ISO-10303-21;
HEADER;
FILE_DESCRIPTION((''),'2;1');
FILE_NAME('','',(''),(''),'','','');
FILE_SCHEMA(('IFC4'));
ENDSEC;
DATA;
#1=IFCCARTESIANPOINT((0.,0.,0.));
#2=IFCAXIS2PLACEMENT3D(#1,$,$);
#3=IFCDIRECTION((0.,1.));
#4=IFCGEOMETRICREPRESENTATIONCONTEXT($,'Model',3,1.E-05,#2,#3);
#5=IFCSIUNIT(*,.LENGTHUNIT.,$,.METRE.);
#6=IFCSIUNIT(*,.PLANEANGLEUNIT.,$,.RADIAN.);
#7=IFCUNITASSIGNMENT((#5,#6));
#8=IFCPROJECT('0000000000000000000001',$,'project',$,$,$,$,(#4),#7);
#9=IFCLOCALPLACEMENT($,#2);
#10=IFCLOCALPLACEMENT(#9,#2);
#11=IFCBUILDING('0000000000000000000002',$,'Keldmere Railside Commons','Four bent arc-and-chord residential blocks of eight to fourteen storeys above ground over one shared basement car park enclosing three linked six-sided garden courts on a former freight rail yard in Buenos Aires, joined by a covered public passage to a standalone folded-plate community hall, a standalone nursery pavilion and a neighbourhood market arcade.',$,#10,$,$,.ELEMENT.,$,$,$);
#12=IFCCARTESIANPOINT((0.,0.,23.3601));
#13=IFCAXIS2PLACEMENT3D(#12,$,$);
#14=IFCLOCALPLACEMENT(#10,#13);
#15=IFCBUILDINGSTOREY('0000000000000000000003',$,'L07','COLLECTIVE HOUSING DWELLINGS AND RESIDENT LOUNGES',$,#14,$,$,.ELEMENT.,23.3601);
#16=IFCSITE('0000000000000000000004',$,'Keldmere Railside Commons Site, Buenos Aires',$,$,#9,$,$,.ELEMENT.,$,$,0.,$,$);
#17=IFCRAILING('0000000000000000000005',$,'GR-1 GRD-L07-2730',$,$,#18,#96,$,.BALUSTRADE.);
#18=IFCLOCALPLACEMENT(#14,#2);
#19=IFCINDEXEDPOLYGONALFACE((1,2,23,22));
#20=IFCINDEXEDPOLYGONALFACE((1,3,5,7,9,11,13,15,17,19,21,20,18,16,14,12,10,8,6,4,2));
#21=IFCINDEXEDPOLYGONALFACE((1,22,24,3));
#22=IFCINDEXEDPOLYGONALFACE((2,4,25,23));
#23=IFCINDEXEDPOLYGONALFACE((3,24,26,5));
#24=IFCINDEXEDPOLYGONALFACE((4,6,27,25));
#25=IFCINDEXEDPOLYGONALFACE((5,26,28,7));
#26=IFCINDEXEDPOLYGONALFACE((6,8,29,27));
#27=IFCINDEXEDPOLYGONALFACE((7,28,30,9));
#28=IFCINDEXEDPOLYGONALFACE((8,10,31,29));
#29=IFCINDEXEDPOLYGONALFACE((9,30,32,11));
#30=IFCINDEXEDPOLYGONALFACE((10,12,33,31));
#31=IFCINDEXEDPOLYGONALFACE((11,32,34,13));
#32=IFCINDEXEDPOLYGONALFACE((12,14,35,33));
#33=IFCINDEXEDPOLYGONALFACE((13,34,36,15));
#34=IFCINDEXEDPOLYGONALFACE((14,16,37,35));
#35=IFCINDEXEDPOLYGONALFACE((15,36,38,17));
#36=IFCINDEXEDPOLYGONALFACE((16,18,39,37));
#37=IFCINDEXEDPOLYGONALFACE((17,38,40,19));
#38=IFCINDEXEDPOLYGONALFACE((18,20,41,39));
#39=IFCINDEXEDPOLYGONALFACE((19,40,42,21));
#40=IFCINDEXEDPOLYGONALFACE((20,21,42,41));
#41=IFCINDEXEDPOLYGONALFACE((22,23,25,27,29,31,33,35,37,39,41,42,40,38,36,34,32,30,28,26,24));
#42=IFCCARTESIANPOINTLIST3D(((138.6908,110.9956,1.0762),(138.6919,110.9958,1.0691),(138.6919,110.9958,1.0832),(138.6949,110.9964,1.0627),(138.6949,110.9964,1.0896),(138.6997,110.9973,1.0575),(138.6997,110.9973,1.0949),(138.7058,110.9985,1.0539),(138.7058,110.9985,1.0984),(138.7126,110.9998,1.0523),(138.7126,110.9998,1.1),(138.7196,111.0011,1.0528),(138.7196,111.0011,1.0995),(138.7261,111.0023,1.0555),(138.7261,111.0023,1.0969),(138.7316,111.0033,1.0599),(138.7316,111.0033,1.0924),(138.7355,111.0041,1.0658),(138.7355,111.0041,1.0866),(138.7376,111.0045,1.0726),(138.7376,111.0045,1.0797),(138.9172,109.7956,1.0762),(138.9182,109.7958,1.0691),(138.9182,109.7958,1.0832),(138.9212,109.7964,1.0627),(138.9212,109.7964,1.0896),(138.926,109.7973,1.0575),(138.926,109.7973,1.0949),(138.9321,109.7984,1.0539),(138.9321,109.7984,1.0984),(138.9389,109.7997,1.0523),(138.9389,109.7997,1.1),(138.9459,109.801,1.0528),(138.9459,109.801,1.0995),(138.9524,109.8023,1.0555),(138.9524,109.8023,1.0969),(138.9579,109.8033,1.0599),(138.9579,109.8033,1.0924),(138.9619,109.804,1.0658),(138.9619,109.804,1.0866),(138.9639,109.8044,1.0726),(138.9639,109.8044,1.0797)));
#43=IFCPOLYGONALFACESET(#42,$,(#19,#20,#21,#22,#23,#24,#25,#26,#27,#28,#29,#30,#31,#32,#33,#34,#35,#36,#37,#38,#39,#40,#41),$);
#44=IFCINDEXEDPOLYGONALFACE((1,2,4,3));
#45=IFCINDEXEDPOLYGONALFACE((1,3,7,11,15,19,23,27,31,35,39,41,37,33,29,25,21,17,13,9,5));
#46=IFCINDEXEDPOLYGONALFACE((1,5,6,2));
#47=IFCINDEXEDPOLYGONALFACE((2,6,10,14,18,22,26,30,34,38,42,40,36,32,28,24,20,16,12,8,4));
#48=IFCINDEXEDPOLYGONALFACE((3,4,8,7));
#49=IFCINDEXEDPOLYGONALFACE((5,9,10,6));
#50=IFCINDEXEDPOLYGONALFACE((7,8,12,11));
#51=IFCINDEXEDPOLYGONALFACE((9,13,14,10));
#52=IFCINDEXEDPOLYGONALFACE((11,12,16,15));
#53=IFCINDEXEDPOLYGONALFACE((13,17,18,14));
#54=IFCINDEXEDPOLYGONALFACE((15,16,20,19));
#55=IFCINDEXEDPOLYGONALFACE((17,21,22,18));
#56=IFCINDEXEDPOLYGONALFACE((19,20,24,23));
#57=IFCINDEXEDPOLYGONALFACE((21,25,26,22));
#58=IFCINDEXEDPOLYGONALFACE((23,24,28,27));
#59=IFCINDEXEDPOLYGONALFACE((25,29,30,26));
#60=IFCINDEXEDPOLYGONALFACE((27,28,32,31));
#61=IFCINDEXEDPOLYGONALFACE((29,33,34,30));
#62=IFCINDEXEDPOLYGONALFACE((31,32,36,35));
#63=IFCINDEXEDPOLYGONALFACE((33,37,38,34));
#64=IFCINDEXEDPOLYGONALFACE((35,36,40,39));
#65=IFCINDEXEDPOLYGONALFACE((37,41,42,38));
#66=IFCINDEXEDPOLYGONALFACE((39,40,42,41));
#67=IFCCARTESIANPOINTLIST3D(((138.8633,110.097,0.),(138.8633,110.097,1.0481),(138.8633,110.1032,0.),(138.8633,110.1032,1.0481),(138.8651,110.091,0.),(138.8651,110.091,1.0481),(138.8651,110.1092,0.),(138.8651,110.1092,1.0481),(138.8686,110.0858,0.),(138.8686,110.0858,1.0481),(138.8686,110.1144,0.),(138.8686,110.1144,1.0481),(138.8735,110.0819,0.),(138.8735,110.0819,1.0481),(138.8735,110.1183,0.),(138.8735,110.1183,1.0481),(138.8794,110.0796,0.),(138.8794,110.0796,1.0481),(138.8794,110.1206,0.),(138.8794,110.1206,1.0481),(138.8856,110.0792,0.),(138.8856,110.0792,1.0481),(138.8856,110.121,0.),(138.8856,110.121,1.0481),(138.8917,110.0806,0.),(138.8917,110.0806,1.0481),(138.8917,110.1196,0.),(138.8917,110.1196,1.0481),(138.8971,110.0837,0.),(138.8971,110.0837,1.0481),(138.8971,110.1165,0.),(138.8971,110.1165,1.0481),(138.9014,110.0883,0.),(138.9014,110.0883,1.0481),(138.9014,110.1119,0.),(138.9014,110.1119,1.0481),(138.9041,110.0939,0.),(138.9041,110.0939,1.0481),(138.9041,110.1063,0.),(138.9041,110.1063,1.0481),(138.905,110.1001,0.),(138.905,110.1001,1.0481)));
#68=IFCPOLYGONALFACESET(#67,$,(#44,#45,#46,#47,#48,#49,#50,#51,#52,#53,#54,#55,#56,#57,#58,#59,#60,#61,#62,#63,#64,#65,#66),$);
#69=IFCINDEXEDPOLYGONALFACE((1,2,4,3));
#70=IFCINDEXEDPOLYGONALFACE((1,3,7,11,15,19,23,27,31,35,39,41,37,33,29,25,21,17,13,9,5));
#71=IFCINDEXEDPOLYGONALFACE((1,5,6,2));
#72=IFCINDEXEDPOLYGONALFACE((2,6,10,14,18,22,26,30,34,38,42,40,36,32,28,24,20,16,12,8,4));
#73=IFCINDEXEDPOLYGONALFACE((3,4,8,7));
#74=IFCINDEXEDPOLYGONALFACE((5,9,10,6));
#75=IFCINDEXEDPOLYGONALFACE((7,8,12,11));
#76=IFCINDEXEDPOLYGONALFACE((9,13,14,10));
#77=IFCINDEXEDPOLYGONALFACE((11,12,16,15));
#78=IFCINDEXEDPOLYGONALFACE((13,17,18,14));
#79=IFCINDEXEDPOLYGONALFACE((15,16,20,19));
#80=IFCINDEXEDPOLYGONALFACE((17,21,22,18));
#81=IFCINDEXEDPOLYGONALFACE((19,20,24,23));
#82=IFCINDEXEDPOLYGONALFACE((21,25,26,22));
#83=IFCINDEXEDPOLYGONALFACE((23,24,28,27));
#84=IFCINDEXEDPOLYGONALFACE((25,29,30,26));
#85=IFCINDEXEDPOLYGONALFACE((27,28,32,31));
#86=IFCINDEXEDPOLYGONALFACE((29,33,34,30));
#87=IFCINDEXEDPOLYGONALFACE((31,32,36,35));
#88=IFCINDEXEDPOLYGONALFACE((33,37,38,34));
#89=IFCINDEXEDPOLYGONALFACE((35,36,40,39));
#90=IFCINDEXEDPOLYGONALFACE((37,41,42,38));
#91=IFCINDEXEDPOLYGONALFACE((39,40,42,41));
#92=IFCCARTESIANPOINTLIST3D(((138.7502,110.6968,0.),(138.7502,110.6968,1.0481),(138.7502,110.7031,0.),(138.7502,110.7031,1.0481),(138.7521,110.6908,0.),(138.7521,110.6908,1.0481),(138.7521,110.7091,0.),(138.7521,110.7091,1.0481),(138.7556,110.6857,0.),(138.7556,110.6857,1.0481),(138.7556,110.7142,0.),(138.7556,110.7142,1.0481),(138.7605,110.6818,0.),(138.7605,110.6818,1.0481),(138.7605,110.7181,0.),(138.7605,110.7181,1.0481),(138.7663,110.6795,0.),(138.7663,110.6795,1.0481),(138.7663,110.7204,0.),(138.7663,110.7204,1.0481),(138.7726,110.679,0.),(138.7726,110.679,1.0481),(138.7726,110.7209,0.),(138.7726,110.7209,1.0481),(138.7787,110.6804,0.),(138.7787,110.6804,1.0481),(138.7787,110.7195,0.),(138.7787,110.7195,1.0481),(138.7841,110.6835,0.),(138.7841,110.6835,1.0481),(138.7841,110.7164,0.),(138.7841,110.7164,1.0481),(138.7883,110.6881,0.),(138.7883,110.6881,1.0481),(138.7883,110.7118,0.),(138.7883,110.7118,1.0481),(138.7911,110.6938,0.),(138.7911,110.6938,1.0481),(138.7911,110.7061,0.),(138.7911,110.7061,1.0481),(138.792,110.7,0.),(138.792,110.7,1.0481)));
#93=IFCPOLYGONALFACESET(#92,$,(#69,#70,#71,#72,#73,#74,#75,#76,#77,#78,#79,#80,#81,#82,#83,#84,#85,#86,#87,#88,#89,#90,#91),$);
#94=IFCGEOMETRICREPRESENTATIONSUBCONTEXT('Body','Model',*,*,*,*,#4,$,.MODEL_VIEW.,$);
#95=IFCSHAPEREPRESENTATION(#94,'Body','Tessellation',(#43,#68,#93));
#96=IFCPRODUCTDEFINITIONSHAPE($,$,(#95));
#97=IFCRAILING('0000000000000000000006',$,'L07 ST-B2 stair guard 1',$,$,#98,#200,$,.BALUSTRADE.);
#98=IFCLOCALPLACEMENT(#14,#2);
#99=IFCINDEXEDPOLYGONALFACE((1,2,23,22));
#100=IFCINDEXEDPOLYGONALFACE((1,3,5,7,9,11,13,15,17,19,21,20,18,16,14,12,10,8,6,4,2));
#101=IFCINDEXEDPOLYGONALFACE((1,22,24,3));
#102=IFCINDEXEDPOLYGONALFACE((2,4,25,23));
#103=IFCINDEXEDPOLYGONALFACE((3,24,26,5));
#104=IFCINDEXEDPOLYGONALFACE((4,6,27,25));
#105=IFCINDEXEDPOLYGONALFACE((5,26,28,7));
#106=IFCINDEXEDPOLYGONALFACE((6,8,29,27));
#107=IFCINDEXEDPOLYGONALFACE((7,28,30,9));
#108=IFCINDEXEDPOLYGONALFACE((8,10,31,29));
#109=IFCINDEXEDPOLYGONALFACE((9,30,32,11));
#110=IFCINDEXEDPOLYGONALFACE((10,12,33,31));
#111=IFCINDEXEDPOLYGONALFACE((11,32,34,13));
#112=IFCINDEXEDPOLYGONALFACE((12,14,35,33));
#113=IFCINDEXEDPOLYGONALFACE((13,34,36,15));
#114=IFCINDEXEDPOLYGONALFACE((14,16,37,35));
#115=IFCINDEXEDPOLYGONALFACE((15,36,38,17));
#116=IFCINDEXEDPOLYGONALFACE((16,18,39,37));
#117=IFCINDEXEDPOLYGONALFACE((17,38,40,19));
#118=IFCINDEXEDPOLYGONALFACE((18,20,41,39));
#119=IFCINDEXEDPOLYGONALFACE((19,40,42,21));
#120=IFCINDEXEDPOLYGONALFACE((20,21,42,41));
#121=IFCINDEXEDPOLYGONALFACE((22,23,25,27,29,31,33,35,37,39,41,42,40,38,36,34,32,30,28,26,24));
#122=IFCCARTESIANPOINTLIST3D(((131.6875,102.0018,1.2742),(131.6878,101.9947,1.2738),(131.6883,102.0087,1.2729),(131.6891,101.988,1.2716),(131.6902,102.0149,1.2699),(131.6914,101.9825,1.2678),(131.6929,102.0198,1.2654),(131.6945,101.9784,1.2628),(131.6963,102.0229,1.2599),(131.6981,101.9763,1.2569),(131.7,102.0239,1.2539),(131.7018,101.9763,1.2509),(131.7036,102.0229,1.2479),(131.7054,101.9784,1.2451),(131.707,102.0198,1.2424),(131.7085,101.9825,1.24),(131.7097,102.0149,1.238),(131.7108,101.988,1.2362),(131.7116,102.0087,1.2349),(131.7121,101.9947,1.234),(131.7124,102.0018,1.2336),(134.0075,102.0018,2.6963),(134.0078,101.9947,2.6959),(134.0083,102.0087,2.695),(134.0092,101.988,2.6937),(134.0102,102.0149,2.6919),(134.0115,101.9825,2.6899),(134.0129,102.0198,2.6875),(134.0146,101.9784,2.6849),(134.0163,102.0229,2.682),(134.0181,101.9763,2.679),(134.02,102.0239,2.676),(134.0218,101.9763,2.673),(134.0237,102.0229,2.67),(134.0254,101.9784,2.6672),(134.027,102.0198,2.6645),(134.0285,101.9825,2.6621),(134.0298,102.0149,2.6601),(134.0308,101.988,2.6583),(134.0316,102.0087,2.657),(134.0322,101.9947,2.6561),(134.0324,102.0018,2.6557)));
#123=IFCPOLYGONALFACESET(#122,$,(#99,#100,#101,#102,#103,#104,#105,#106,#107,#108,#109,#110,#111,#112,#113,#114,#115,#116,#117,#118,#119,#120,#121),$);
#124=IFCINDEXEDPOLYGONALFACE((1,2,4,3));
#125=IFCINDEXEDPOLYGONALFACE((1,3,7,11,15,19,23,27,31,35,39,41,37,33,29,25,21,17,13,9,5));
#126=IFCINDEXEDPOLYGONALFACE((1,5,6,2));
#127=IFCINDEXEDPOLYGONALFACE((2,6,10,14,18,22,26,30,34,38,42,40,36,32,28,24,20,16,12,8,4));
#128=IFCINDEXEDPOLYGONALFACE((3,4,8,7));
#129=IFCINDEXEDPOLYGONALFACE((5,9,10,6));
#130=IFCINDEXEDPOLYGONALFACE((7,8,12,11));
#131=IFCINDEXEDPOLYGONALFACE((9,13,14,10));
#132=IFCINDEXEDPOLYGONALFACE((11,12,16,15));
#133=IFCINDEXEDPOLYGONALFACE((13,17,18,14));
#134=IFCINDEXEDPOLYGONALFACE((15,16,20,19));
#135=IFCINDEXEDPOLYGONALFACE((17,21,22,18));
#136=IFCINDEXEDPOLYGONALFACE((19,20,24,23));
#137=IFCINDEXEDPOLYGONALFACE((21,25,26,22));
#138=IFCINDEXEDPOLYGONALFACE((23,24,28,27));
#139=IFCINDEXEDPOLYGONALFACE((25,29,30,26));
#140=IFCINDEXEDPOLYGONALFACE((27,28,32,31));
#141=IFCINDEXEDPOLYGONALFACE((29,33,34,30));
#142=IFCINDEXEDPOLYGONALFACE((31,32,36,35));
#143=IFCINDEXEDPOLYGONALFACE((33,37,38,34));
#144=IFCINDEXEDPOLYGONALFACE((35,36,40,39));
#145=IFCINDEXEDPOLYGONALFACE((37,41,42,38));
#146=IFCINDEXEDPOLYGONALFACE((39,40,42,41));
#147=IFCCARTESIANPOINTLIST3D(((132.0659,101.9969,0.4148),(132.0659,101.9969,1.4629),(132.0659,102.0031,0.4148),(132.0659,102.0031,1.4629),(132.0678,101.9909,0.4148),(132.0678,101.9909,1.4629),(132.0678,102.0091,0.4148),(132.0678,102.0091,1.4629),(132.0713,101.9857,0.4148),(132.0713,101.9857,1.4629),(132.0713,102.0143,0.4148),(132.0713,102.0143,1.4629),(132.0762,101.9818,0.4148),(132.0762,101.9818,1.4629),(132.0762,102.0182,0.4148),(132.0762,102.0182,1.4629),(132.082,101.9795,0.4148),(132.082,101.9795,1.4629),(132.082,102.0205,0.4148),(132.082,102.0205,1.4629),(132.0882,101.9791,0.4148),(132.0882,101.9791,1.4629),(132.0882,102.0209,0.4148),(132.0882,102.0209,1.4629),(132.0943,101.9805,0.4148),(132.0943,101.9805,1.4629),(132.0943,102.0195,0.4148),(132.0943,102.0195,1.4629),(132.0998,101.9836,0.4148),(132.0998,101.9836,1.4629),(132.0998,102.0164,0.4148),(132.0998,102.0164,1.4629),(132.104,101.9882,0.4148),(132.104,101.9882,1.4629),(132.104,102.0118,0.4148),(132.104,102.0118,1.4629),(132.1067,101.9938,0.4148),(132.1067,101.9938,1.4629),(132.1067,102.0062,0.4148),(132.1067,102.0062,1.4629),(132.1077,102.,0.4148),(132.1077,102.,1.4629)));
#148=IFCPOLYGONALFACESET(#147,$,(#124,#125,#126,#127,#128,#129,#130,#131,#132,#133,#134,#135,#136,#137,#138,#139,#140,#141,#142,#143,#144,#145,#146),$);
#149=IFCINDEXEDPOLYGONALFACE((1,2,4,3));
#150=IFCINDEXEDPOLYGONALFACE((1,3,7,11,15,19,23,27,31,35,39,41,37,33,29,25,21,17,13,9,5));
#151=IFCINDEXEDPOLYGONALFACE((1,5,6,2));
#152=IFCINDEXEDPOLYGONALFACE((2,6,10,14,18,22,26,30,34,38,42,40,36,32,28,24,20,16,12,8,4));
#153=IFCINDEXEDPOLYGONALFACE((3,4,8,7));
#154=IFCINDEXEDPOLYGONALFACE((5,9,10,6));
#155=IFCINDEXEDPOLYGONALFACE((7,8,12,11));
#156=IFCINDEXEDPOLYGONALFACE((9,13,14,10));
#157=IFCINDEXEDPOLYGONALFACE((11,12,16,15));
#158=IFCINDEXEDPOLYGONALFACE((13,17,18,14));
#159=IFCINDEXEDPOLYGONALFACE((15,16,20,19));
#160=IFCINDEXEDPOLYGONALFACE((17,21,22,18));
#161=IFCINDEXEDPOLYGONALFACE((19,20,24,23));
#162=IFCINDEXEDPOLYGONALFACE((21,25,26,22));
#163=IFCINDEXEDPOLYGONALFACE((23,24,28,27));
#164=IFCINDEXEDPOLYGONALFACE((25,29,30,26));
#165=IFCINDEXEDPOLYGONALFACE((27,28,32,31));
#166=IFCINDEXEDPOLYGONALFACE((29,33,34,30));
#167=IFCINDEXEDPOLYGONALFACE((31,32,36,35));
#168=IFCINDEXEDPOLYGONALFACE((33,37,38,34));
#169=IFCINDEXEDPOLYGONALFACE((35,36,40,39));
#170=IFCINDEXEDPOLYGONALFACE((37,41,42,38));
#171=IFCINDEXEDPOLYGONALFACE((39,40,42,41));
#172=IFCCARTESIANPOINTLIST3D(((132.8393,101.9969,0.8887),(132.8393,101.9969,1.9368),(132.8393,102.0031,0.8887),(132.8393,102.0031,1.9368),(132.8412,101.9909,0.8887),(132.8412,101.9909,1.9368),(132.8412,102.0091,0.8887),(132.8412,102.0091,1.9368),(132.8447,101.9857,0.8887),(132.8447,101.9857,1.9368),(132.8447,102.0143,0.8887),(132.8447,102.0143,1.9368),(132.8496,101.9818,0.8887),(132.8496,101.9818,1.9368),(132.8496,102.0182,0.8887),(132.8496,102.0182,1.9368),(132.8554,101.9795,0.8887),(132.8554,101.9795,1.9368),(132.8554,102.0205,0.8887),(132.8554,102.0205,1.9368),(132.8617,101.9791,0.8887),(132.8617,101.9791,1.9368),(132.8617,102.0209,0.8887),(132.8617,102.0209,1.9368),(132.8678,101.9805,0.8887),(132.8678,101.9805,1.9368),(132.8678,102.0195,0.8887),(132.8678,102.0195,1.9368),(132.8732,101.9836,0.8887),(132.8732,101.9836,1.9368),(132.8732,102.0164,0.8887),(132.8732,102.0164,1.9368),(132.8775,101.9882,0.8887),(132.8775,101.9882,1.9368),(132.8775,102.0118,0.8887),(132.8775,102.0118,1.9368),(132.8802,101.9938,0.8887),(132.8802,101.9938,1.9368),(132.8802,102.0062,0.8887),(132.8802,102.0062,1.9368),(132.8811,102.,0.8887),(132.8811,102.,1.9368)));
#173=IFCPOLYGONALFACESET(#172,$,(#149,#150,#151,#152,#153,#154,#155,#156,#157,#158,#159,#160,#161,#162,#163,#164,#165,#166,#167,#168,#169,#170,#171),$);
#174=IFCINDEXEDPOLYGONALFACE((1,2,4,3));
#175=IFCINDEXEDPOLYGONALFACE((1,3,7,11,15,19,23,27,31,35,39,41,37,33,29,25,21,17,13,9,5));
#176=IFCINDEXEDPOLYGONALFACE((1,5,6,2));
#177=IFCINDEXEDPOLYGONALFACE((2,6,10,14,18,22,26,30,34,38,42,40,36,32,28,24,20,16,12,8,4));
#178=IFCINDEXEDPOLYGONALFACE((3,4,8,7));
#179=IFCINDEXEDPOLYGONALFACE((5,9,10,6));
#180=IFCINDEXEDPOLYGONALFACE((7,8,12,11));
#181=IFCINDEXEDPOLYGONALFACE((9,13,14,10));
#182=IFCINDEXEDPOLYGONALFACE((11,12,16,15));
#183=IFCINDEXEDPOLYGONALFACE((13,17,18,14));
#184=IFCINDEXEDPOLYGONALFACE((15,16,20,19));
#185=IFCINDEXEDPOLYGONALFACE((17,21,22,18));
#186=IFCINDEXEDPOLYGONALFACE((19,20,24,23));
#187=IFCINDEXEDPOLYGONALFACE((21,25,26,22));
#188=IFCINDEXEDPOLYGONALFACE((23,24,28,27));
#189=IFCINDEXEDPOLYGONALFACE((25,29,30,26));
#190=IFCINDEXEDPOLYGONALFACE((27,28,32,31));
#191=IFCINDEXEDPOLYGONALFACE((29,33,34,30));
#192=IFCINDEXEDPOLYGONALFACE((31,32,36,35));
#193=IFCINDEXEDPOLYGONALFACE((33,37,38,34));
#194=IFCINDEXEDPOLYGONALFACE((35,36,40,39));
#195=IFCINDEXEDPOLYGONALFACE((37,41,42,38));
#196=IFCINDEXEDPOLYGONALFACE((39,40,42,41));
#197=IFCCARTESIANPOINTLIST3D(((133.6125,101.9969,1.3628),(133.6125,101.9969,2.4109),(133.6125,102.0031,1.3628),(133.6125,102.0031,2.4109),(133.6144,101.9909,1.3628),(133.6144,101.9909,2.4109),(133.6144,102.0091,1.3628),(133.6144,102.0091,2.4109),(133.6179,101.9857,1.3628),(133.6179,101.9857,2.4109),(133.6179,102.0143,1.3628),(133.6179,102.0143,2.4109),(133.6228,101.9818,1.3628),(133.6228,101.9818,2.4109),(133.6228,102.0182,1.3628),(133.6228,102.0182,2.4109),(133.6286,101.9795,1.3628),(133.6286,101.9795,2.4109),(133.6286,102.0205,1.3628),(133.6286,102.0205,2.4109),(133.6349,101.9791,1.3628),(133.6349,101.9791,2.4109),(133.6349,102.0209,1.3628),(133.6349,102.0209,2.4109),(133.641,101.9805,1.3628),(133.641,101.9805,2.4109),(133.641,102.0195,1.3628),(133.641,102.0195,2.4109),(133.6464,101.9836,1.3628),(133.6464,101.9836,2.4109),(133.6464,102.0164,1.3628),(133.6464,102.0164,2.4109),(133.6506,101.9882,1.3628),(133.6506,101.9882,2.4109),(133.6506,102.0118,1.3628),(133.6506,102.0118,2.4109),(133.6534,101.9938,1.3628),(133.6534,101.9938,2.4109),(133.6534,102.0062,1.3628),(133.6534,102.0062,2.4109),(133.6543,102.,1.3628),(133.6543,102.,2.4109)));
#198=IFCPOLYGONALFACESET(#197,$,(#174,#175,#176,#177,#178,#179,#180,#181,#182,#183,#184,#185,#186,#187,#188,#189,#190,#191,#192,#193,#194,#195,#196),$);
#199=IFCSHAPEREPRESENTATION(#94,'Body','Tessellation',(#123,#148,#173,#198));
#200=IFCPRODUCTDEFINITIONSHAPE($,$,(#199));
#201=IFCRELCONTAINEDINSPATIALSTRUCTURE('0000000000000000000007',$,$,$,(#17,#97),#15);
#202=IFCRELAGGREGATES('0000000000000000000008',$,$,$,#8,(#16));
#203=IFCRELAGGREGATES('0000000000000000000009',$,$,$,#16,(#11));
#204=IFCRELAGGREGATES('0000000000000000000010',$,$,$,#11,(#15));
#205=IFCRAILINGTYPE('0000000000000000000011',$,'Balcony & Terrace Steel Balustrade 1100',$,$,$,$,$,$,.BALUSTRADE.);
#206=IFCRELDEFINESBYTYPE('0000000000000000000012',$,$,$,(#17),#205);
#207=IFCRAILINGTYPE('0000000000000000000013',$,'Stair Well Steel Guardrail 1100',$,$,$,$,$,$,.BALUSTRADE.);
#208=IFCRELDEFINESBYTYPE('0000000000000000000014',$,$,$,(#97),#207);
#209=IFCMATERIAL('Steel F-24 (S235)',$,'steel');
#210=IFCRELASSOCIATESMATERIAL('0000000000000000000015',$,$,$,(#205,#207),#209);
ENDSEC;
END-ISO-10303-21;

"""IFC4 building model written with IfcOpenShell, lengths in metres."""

from ifc_helpers import new_model, si_unit, direction, frame, origin, origin_2d, place, context, subcontext, project, spatial, circle, extrude, material, type_object, element, save


model = new_model("IFC4")

# Units and contexts
model_context = context("Model", 3, precision=1e-05, world=origin(), true_north=direction((0.0, 1.0)))
body_context = subcontext(model_context, "Body", "Model", "MODEL_VIEW")
ifc_project = project(units=[si_unit("LENGTHUNIT", "METRE"), si_unit("PLANEANGLEUNIT", "RADIAN")], contexts=[model_context])

# Site, building, storey
site_placement = place(None, origin())
site = spatial("IfcSite", under=ifc_project, at=site_placement, Name="Keldmere Railside Commons Site, Buenos Aires", CompositionType="ELEMENT", RefElevation=0.0)
building_placement = place(site_placement, origin())
building = spatial("IfcBuilding", under=site, at=building_placement, Name="Keldmere Railside Commons", Description="Four bent arc-and-chord residential blocks of eight to fourteen storeys above ground over one shared basement car park enclosing three linked six-sided garden courts on a former freight rail yard in Buenos Aires, joined by a covered public passage to a standalone folded-plate community hall, a standalone nursery pavilion and a neighbourhood market arcade.", CompositionType="ELEMENT")
storey_placement = place(building_placement, frame((0.0, 0.0, 23.3601)))
storey = spatial("IfcBuildingStorey", under=building, at=storey_placement, Name="L07", Description="COLLECTIVE HOUSING DWELLINGS AND RESIDENT LOUNGES", CompositionType="ELEMENT", Elevation=23.3601)

# Shared definitions
ifc_material_1 = material(Name="Steel F-24 (S235)", Category="steel")

# Railings
railing_type_1 = type_object("IfcRailingType", Name="Balcony & Terrace Steel Balustrade 1100", PredefinedType="BALUSTRADE", material=ifc_material_1)
railing_1_placement = place(storey_placement, frame((138.9407, 109.8, 0.0)))
element("IfcRailing", 1, at=railing_1_placement, inside=storey, type_object=railing_type_1, Name="GR-1 GRD-L07-2730", PredefinedType="BALUSTRADE", context=body_context, shape_type="SweptSolid", body=[
    extrude(circle(Radius=0.0239, at=origin_2d()), frame((0.0, 0.0, 1.0762), z_axis=(-0.185339, 0.982675, 0.0), x_axis=(-0.982675, -0.185339, 0.0)), (0.0, 0.0, 1.0), 1.2212),
    extrude(circle(Radius=0.021, at=origin_2d()), frame((-0.0566, 0.3, 0.0)), (0.0, 0.0, 1.0), 1.0481),
    extrude(circle(Radius=0.021, at=origin_2d()), frame((-0.1697, 0.8999, 0.0)), (0.0, 0.0, 1.0), 1.0481),
])
railing_type_2 = type_object("IfcRailingType", Name="Stair Well Steel Guardrail 1100", PredefinedType="BALUSTRADE", material=ifc_material_1)
railing_2_placement = place(storey_placement, frame((131.7, 102.0, 0.1777)))
element("IfcRailing", 2, at=railing_2_placement, inside=storey, type_object=railing_type_2, Name="L07 ST-B2 stair guard 1", PredefinedType="BALUSTRADE", context=body_context, shape_type="SweptSolid", body=[
    extrude(circle(Radius=0.0239, at=origin_2d()), frame((0.0, 0.0, 1.0762), z_axis=(0.852578, 0.0, 0.5226), x_axis=(0.0, 1.0, 0.0)), (0.0, 0.0, 1.0), 2.7212),
    extrude(circle(Radius=0.021, at=origin_2d()), frame((0.3867, 0.0, 0.2371)), (0.0, 0.0, 1.0), 1.0481),
    extrude(circle(Radius=0.021, at=origin_2d()), frame((1.1602, 0.0, 0.7109)), (0.0, 0.0, 1.0), 1.0481),
    extrude(circle(Radius=0.021, at=origin_2d()), frame((1.9333, 0.0, 1.1851)), (0.0, 0.0, 1.0), 1.0481),
])

save(model, "model.ifc")
